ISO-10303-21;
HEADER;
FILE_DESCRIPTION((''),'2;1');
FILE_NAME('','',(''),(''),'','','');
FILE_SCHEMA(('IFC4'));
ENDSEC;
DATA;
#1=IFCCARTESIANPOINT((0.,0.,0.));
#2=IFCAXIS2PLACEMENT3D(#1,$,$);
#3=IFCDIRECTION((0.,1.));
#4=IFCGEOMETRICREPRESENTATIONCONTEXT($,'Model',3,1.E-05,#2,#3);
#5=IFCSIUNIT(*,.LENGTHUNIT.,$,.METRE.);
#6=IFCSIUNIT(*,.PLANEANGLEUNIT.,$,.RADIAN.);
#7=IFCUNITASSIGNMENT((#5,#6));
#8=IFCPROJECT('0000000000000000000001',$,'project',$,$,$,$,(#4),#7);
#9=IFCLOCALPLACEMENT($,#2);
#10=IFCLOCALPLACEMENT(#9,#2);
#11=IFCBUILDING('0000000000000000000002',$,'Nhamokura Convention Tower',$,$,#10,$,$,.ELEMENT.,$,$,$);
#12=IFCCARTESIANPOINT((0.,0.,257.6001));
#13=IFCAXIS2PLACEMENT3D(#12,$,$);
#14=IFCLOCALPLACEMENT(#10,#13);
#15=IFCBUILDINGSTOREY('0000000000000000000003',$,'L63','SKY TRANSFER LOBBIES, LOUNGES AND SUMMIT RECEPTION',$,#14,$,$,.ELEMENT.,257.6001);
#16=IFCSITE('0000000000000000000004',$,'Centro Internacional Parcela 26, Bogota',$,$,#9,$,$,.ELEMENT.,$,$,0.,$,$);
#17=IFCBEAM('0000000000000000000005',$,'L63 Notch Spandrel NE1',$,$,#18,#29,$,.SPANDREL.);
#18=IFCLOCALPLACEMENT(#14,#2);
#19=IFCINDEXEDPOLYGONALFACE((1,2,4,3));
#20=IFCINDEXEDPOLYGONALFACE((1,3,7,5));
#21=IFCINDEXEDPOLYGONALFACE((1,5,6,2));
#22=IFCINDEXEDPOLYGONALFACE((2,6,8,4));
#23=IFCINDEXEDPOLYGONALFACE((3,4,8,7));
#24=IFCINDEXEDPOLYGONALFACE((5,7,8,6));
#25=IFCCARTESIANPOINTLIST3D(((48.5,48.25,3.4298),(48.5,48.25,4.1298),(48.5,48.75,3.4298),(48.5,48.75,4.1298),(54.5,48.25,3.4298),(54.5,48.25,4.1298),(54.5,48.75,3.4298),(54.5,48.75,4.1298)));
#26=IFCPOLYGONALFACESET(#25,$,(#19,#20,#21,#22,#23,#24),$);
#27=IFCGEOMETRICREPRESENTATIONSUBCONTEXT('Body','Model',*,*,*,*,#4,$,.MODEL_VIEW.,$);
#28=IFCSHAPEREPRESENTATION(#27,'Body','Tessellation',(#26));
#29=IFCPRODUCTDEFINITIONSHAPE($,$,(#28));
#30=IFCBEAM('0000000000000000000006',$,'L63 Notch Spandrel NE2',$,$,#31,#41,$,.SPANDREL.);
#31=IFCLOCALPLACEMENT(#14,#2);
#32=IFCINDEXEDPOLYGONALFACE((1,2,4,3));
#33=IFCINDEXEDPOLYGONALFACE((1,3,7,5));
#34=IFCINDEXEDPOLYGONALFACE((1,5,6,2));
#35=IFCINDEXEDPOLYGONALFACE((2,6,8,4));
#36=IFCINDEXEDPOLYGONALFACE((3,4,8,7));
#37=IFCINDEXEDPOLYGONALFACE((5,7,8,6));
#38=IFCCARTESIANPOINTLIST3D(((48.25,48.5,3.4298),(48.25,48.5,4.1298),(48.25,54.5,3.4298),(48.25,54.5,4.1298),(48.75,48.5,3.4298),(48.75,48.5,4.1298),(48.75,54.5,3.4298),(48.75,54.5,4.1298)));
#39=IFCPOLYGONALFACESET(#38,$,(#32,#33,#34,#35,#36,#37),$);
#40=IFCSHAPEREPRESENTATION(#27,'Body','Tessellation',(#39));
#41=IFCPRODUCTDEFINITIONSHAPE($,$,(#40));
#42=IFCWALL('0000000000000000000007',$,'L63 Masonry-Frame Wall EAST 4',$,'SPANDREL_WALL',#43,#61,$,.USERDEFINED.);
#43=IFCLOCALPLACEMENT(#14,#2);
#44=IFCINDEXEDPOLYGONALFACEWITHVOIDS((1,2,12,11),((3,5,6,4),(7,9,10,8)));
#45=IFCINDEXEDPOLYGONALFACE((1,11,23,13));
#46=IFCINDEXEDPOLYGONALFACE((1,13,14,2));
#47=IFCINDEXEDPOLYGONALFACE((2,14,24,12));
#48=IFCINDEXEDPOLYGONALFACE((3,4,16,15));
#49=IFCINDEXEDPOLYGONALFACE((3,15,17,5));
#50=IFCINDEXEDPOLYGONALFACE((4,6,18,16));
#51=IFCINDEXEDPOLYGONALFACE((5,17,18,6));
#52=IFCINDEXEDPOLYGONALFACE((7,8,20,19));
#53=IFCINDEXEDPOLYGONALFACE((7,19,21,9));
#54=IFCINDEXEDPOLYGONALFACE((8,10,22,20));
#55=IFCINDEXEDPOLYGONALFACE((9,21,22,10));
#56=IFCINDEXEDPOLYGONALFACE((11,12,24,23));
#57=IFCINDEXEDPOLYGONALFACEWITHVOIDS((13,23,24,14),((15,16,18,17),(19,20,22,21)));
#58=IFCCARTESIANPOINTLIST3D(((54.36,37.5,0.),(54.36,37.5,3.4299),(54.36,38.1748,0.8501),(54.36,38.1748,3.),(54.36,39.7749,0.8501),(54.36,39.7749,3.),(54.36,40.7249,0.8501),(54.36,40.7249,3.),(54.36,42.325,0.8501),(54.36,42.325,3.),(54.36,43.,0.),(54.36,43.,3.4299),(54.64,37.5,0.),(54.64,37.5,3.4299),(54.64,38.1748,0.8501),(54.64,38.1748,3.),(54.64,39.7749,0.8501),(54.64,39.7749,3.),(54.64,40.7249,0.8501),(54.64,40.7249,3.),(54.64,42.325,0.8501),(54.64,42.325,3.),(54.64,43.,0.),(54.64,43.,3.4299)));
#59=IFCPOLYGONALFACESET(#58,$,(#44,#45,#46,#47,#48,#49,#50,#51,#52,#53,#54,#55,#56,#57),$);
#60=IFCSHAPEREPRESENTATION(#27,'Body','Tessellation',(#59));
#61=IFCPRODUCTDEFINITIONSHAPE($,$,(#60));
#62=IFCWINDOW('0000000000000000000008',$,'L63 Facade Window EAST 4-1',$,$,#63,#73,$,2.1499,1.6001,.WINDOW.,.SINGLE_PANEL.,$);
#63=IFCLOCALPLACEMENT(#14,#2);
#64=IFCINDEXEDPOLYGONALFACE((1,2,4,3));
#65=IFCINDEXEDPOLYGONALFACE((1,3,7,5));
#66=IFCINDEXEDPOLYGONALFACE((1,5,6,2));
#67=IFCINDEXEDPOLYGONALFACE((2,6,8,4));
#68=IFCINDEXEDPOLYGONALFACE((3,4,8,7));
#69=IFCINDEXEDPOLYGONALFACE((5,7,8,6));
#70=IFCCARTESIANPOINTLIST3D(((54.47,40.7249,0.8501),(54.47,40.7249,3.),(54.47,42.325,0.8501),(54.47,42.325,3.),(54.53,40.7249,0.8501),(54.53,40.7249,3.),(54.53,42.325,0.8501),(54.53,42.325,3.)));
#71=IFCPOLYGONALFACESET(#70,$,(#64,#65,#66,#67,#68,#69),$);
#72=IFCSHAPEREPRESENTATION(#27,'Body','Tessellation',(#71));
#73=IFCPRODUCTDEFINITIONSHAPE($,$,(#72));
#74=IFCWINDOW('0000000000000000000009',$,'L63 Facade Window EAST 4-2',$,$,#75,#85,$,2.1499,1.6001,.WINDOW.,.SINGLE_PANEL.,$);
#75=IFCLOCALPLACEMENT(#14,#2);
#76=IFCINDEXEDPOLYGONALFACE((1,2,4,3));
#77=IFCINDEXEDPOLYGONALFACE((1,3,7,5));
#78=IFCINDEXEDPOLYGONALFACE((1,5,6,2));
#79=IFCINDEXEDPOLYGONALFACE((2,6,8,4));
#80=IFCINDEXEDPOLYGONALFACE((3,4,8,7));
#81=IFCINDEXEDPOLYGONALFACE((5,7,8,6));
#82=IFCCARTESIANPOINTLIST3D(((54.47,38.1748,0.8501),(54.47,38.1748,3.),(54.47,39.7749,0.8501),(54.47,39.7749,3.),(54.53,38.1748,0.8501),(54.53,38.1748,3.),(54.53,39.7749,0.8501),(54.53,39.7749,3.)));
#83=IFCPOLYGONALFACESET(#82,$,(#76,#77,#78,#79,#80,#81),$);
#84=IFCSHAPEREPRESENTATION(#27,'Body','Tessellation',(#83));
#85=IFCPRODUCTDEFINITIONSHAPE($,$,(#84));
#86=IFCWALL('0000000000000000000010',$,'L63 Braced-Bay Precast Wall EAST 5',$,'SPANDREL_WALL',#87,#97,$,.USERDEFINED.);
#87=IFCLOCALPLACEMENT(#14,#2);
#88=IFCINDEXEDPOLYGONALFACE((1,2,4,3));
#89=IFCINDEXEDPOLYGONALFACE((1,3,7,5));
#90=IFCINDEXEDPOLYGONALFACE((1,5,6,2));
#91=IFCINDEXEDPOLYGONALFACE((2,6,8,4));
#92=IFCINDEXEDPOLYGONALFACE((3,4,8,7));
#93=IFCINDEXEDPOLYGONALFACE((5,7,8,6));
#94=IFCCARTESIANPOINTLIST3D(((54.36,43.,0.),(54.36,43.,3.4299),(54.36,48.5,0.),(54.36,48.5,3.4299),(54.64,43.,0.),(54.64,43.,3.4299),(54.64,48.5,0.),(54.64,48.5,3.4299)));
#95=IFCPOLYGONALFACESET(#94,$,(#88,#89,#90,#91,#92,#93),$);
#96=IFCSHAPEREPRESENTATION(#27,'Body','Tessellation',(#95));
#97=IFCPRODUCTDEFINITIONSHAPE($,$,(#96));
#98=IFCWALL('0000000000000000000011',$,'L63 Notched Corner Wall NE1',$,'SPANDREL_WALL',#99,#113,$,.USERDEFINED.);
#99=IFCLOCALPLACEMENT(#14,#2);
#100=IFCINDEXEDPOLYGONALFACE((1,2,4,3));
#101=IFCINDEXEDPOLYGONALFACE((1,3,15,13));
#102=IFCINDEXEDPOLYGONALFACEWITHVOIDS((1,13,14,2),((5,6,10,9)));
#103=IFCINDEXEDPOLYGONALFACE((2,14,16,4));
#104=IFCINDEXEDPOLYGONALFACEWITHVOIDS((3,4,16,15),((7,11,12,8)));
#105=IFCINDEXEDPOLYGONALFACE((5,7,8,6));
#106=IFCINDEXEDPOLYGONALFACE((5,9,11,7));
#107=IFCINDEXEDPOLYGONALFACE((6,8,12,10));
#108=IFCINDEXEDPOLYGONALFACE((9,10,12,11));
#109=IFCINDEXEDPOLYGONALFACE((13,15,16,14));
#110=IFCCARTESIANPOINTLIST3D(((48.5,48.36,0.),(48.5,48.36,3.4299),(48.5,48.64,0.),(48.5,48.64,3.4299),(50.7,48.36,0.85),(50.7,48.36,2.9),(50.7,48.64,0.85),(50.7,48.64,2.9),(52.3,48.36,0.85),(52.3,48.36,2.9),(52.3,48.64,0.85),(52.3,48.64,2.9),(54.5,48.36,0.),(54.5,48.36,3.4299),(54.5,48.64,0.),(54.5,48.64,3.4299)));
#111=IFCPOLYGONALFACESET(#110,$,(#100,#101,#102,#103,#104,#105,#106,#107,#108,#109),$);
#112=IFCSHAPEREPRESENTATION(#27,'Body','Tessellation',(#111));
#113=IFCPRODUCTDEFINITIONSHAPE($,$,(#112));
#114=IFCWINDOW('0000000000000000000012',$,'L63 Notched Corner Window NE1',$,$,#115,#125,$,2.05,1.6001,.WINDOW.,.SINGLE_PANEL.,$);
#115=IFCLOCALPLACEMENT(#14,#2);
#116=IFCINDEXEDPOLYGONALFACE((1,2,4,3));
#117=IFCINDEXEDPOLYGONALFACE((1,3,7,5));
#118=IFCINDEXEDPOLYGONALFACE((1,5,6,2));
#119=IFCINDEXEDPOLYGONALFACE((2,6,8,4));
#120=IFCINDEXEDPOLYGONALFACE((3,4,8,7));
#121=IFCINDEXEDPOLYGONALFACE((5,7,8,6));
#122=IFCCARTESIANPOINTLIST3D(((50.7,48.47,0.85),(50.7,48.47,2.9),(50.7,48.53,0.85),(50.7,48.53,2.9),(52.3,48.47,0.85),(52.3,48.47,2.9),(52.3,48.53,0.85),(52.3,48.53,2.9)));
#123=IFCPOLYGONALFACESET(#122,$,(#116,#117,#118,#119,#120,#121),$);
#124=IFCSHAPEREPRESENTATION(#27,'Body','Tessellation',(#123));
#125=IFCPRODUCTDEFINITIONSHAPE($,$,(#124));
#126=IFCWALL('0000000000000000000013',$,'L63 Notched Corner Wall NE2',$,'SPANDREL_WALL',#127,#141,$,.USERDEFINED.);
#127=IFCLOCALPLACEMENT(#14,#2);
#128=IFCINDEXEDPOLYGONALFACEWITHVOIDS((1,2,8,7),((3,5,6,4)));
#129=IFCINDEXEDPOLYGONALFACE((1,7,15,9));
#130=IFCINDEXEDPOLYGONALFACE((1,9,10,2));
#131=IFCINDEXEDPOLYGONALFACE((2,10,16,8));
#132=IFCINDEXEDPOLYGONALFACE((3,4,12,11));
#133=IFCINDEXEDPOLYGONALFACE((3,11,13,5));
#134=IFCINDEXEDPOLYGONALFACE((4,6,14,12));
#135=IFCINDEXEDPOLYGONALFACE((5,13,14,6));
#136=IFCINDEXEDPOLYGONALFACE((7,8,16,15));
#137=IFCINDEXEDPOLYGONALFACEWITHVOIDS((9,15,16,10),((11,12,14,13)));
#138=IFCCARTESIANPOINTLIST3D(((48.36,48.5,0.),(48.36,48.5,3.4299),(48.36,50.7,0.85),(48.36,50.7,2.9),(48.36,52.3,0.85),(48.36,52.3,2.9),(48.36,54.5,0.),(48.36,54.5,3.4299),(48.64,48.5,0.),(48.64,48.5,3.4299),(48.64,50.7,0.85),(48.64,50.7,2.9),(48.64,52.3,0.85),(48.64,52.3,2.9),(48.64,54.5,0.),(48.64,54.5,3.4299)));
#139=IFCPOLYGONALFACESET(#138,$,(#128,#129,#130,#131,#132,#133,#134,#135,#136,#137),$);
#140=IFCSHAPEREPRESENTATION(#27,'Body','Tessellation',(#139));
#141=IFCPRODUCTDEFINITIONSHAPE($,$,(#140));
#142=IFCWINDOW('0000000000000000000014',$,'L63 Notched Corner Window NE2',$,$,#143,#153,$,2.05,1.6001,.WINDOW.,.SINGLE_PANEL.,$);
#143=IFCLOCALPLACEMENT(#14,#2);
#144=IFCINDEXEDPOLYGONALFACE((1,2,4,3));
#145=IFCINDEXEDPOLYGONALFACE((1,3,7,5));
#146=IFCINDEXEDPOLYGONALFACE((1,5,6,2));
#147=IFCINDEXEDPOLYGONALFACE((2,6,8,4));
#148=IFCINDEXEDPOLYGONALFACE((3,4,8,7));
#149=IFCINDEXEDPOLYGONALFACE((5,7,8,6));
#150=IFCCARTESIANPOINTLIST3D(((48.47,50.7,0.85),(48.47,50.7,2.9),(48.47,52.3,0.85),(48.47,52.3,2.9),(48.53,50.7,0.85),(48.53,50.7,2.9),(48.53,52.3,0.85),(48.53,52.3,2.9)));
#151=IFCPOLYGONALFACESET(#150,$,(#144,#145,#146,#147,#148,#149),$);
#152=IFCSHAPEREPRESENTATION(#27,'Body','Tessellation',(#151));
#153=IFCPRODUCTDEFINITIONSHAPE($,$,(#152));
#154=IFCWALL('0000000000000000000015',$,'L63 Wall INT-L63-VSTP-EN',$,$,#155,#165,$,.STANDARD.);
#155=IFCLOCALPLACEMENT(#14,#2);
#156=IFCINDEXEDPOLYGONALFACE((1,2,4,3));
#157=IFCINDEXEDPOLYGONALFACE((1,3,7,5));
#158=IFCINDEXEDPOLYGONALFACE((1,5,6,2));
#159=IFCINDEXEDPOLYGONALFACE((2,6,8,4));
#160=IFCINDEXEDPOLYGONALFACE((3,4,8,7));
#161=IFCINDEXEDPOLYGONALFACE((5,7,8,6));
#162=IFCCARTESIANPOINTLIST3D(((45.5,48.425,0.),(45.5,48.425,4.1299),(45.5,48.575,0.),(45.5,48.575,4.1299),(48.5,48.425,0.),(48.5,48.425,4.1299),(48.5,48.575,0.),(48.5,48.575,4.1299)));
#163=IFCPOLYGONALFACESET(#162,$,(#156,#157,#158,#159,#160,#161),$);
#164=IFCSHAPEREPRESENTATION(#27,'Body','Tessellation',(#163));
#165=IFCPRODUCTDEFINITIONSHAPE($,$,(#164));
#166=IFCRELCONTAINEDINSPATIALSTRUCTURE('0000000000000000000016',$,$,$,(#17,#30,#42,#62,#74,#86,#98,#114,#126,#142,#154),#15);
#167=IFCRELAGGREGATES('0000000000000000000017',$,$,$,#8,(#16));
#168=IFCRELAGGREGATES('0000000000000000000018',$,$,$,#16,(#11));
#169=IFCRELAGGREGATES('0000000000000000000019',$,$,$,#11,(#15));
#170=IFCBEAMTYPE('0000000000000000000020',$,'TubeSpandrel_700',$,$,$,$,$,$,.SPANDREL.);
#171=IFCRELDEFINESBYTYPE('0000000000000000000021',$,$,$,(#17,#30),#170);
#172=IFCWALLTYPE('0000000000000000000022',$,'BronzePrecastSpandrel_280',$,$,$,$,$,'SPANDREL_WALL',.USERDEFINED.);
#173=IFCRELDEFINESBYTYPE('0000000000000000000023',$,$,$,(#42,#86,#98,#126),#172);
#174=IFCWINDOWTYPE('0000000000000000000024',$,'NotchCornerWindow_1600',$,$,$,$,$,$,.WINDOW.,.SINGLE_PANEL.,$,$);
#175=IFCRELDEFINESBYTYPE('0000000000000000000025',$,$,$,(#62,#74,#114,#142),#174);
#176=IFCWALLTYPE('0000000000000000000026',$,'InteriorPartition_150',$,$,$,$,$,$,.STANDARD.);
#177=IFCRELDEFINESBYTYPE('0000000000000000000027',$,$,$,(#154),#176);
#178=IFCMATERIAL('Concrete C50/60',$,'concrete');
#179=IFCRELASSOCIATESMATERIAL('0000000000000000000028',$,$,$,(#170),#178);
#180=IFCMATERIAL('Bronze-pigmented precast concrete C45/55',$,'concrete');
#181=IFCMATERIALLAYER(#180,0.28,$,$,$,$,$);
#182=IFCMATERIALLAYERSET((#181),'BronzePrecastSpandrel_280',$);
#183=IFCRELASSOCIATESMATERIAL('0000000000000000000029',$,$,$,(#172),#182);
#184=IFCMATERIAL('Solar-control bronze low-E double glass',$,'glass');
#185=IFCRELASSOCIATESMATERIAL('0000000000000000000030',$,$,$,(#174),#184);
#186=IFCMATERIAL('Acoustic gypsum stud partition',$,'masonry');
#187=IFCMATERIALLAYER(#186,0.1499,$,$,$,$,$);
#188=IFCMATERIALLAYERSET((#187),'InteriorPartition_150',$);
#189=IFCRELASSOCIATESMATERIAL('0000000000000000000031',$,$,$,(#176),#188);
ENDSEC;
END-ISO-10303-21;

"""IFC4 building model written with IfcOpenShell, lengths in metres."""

from ifc_helpers import new_model, si_unit, direction, frame, frame_2d, origin, origin_2d, place, context, subcontext, project, spatial, rectangle, extrude, material, layer, layer_set, material_profile, profile_set, type_object, element, fill, save


model = new_model("IFC4")

# Units and contexts
model_context = context("Model", 3, precision=1e-05, world=origin(), true_north=direction((0.0, 1.0)))
body_context = subcontext(model_context, "Body", "Model", "MODEL_VIEW")
ifc_project = project(units=[si_unit("LENGTHUNIT", "METRE"), si_unit("PLANEANGLEUNIT", "RADIAN")], contexts=[model_context])

# Site, building, storey
site_placement = place(None, origin())
site = spatial("IfcSite", under=ifc_project, at=site_placement, Name="Centro Internacional Parcela 26, Bogota", CompositionType="ELEMENT", RefElevation=0.0)
building_placement = place(site_placement, origin())
building = spatial("IfcBuilding", under=site, at=building_placement, Name="Nhamokura Convention Tower", CompositionType="ELEMENT")
storey_placement = place(building_placement, frame((0.0, 0.0, 257.6001)))
storey = spatial("IfcBuildingStorey", under=building, at=storey_placement, Name="L63", Description="SKY TRANSFER LOBBIES, LOUNGES AND SUMMIT RECEPTION", CompositionType="ELEMENT", Elevation=257.6001)

# Beams
ifc_material_1 = material(Name="Concrete C50/60", Category="concrete")
ifc_material_profile_1 = material_profile(ifc_material_1, rectangle(XDim=0.5, YDim=0.7, at=origin_2d()))
ifc_profile_set_1 = profile_set([ifc_material_profile_1], Name="Concrete C50/60")
beam_type_1 = type_object("IfcBeamType", Name="TubeSpandrel_700", PredefinedType="SPANDREL", material=ifc_profile_set_1)
for number, where, z_axis, x_axis, name in (
    (1, (54.5, 48.5, 3.7798), (-1.0, 0.0, 0.0), (0.0, -1.0, 0.0), "L63 Notch Spandrel NE1"),
    (2, (48.5, 48.5, 3.7798), (0.0, 1.0, 0.0), (-1.0, 0.0, 0.0), "L63 Notch Spandrel NE2"),
):
    element("IfcBeam", number, at=place(storey_placement, frame(where, z_axis=z_axis, x_axis=x_axis)), inside=storey, type_object=beam_type_1, Name=name, PredefinedType="SPANDREL", context=body_context, shape_type="SweptSolid", body=[
        extrude(rectangle(XDim=0.5, YDim=0.7, at=origin_2d()), origin(), (0.0, 0.0, 1.0), 6.0),
    ])

# Wall, openings, windows
ifc_material_2 = material(Name="Bronze-pigmented precast concrete C45/55", Category="concrete")
ifc_layer_1 = layer(ifc_material_2, 0.28)
ifc_layer_set_1 = layer_set([ifc_layer_1], Name="BronzePrecastSpandrel_280")
wall_type_1 = type_object("IfcWallType", Name="BronzePrecastSpandrel_280", ElementType="SPANDREL_WALL", PredefinedType="USERDEFINED", material=ifc_layer_set_1)
wall_1_placement = place(storey_placement, frame((54.5, 43.0, 0.0), z_axis=(0.0, 0.0, 1.0), x_axis=(0.0, -1.0, 0.0)))
wall_1 = element("IfcWall", 3, at=wall_1_placement, inside=storey, type_object=wall_type_1, Name="L63 Masonry-Frame Wall EAST 4", ObjectType="SPANDREL_WALL", PredefinedType="USERDEFINED", context=body_context, shape_type="SweptSolid", body=[
    extrude(rectangle(XDim=5.5, YDim=0.28, at=frame_2d((2.75, 0.0))), origin(), (0.0, 0.0, 1.0), 3.4299),
])
opening_1_placement = place(wall_1_placement, frame((0.675, 0.0, 0.8501)))
opening_1 = element("IfcOpeningElement", 4, at=opening_1_placement, cuts=wall_1, PredefinedType="OPENING", context=body_context, shape_type="SweptSolid", body=[
    extrude(rectangle(XDim=1.6001, YDim=2.1499, at=frame_2d((0.8, 1.075))), frame((0.0, 0.1499, 0.0), z_axis=(0.0, -1.0, 0.0), x_axis=(1.0, 0.0, 0.0)), (0.0, 0.0, 1.0), 0.3),
])
opening_2_placement = place(wall_1_placement, frame((3.2251, 0.0, 0.8501)))
opening_2 = element("IfcOpeningElement", 5, at=opening_2_placement, cuts=wall_1, PredefinedType="OPENING", context=body_context, shape_type="SweptSolid", body=[
    extrude(rectangle(XDim=1.6001, YDim=2.1499, at=frame_2d((0.8, 1.075))), frame((0.0, 0.1499, 0.0), z_axis=(0.0, -1.0, 0.0), x_axis=(1.0, 0.0, 0.0)), (0.0, 0.0, 1.0), 0.3),
])
ifc_material_3 = material(Name="Solar-control bronze low-E double glass", Category="glass")
window_type = type_object("IfcWindowType", Name="NotchCornerWindow_1600", PartitioningType="SINGLE_PANEL", PredefinedType="WINDOW", material=ifc_material_3)
window_1_placement = place(opening_1_placement, origin())
window_1 = element("IfcWindow", 6, at=window_1_placement, inside=storey, type_object=window_type, Name="L63 Facade Window EAST 4-1", OverallHeight=2.1499, OverallWidth=1.6001, PartitioningType="SINGLE_PANEL", PredefinedType="WINDOW", context=body_context, shape_type="SweptSolid", body=[
    extrude(rectangle(XDim=1.6001, YDim=2.1499, at=frame_2d((0.8, 1.075))), frame((0.0, 0.03, 0.0), z_axis=(0.0, -1.0, 0.0), x_axis=(1.0, 0.0, 0.0)), (0.0, 0.0, 1.0), 0.0601),
])
fill(opening_1, window_1)
window_2_placement = place(opening_2_placement, origin())
window_2 = element("IfcWindow", 7, at=window_2_placement, inside=storey, type_object=window_type, Name="L63 Facade Window EAST 4-2", OverallHeight=2.1499, OverallWidth=1.6001, PartitioningType="SINGLE_PANEL", PredefinedType="WINDOW", context=body_context, shape_type="SweptSolid", body=[
    extrude(rectangle(XDim=1.6001, YDim=2.1499, at=frame_2d((0.8, 1.075))), frame((0.0, 0.03, 0.0), z_axis=(0.0, -1.0, 0.0), x_axis=(1.0, 0.0, 0.0)), (0.0, 0.0, 1.0), 0.0601),
])
fill(opening_2, window_2)

# Wall
wall_2_placement = place(storey_placement, frame((54.5, 48.5, 0.0), z_axis=(0.0, 0.0, 1.0), x_axis=(0.0, -1.0, 0.0)))
element("IfcWall", 8, at=wall_2_placement, inside=storey, type_object=wall_type_1, Name="L63 Braced-Bay Precast Wall EAST 5", ObjectType="SPANDREL_WALL", PredefinedType="USERDEFINED", context=body_context, shape_type="SweptSolid", body=[
    extrude(rectangle(XDim=5.5, YDim=0.28, at=frame_2d((2.75, 0.0))), origin(), (0.0, 0.0, 1.0), 3.4299),
])

# Walls, openings, windows
wall_3_placement = place(storey_placement, frame((48.5, 48.5, 0.0), z_axis=(0.0, 0.0, 1.0), x_axis=(1.0, 0.0, 0.0)))
wall_3 = element("IfcWall", 9, at=wall_3_placement, inside=storey, type_object=wall_type_1, Name="L63 Notched Corner Wall NE1", ObjectType="SPANDREL_WALL", PredefinedType="USERDEFINED", context=body_context, shape_type="SweptSolid", body=[
    extrude(rectangle(XDim=6.0, YDim=0.28, at=frame_2d((3.0, 0.0))), origin(), (0.0, 0.0, 1.0), 3.4299),
])
opening_3_placement = place(wall_3_placement, frame((2.2, 0.0, 0.8501)))
opening_3 = element("IfcOpeningElement", 10, at=opening_3_placement, cuts=wall_3, PredefinedType="OPENING", context=body_context, shape_type="SweptSolid", body=[
    extrude(rectangle(XDim=1.6001, YDim=2.05, at=frame_2d((0.8, 1.0249))), frame((0.0, 0.1499, 0.0), z_axis=(0.0, -1.0, 0.0), x_axis=(1.0, 0.0, 0.0)), (0.0, 0.0, 1.0), 0.3),
])
window_3_placement = place(opening_3_placement, origin())
window_3 = element("IfcWindow", 11, at=window_3_placement, inside=storey, type_object=window_type, Name="L63 Notched Corner Window NE1", OverallHeight=2.05, OverallWidth=1.6001, PartitioningType="SINGLE_PANEL", PredefinedType="WINDOW", context=body_context, shape_type="SweptSolid", body=[
    extrude(rectangle(XDim=1.6001, YDim=2.05, at=frame_2d((0.8, 1.0249))), frame((0.0, 0.03, 0.0), z_axis=(0.0, -1.0, 0.0), x_axis=(1.0, 0.0, 0.0)), (0.0, 0.0, 1.0), 0.0601),
])
fill(opening_3, window_3)
wall_4_placement = place(storey_placement, frame((48.5, 54.5, 0.0), z_axis=(0.0, 0.0, 1.0), x_axis=(0.0, -1.0, 0.0)))
wall_4 = element("IfcWall", 12, at=wall_4_placement, inside=storey, type_object=wall_type_1, Name="L63 Notched Corner Wall NE2", ObjectType="SPANDREL_WALL", PredefinedType="USERDEFINED", context=body_context, shape_type="SweptSolid", body=[
    extrude(rectangle(XDim=6.0, YDim=0.28, at=frame_2d((3.0, 0.0))), origin(), (0.0, 0.0, 1.0), 3.4299),
])
opening_4_placement = place(wall_4_placement, frame((2.2, 0.0, 0.8501)))
opening_4 = element("IfcOpeningElement", 13, at=opening_4_placement, cuts=wall_4, PredefinedType="OPENING", context=body_context, shape_type="SweptSolid", body=[
    extrude(rectangle(XDim=1.6001, YDim=2.05, at=frame_2d((0.8, 1.0249))), frame((0.0, 0.1499, 0.0), z_axis=(0.0, -1.0, 0.0), x_axis=(1.0, 0.0, 0.0)), (0.0, 0.0, 1.0), 0.3),
])
window_4_placement = place(opening_4_placement, origin())
window_4 = element("IfcWindow", 14, at=window_4_placement, inside=storey, type_object=window_type, Name="L63 Notched Corner Window NE2", OverallHeight=2.05, OverallWidth=1.6001, PartitioningType="SINGLE_PANEL", PredefinedType="WINDOW", context=body_context, shape_type="SweptSolid", body=[
    extrude(rectangle(XDim=1.6001, YDim=2.05, at=frame_2d((0.8, 1.0249))), frame((0.0, 0.03, 0.0), z_axis=(0.0, -1.0, 0.0), x_axis=(1.0, 0.0, 0.0)), (0.0, 0.0, 1.0), 0.0601),
])
fill(opening_4, window_4)

# Wall
ifc_material_4 = material(Name="Acoustic gypsum stud partition", Category="masonry")
ifc_layer_2 = layer(ifc_material_4, 0.1499)
ifc_layer_set_2 = layer_set([ifc_layer_2], Name="InteriorPartition_150")
wall_type_2 = type_object("IfcWallType", Name="InteriorPartition_150", PredefinedType="STANDARD", material=ifc_layer_set_2)
wall_5_placement = place(storey_placement, frame((45.5, 48.5, 0.0), z_axis=(0.0, 0.0, 1.0), x_axis=(1.0, 0.0, 0.0)))
element("IfcWall", 15, at=wall_5_placement, inside=storey, type_object=wall_type_2, Name="L63 Wall INT-L63-VSTP-EN", PredefinedType="STANDARD", context=body_context, shape_type="SweptSolid", body=[
    extrude(rectangle(XDim=3.0, YDim=0.1499, at=frame_2d((1.5, 0.0))), origin(), (0.0, 0.0, 1.0), 4.1299),
])

save(model, "model.ifc")
